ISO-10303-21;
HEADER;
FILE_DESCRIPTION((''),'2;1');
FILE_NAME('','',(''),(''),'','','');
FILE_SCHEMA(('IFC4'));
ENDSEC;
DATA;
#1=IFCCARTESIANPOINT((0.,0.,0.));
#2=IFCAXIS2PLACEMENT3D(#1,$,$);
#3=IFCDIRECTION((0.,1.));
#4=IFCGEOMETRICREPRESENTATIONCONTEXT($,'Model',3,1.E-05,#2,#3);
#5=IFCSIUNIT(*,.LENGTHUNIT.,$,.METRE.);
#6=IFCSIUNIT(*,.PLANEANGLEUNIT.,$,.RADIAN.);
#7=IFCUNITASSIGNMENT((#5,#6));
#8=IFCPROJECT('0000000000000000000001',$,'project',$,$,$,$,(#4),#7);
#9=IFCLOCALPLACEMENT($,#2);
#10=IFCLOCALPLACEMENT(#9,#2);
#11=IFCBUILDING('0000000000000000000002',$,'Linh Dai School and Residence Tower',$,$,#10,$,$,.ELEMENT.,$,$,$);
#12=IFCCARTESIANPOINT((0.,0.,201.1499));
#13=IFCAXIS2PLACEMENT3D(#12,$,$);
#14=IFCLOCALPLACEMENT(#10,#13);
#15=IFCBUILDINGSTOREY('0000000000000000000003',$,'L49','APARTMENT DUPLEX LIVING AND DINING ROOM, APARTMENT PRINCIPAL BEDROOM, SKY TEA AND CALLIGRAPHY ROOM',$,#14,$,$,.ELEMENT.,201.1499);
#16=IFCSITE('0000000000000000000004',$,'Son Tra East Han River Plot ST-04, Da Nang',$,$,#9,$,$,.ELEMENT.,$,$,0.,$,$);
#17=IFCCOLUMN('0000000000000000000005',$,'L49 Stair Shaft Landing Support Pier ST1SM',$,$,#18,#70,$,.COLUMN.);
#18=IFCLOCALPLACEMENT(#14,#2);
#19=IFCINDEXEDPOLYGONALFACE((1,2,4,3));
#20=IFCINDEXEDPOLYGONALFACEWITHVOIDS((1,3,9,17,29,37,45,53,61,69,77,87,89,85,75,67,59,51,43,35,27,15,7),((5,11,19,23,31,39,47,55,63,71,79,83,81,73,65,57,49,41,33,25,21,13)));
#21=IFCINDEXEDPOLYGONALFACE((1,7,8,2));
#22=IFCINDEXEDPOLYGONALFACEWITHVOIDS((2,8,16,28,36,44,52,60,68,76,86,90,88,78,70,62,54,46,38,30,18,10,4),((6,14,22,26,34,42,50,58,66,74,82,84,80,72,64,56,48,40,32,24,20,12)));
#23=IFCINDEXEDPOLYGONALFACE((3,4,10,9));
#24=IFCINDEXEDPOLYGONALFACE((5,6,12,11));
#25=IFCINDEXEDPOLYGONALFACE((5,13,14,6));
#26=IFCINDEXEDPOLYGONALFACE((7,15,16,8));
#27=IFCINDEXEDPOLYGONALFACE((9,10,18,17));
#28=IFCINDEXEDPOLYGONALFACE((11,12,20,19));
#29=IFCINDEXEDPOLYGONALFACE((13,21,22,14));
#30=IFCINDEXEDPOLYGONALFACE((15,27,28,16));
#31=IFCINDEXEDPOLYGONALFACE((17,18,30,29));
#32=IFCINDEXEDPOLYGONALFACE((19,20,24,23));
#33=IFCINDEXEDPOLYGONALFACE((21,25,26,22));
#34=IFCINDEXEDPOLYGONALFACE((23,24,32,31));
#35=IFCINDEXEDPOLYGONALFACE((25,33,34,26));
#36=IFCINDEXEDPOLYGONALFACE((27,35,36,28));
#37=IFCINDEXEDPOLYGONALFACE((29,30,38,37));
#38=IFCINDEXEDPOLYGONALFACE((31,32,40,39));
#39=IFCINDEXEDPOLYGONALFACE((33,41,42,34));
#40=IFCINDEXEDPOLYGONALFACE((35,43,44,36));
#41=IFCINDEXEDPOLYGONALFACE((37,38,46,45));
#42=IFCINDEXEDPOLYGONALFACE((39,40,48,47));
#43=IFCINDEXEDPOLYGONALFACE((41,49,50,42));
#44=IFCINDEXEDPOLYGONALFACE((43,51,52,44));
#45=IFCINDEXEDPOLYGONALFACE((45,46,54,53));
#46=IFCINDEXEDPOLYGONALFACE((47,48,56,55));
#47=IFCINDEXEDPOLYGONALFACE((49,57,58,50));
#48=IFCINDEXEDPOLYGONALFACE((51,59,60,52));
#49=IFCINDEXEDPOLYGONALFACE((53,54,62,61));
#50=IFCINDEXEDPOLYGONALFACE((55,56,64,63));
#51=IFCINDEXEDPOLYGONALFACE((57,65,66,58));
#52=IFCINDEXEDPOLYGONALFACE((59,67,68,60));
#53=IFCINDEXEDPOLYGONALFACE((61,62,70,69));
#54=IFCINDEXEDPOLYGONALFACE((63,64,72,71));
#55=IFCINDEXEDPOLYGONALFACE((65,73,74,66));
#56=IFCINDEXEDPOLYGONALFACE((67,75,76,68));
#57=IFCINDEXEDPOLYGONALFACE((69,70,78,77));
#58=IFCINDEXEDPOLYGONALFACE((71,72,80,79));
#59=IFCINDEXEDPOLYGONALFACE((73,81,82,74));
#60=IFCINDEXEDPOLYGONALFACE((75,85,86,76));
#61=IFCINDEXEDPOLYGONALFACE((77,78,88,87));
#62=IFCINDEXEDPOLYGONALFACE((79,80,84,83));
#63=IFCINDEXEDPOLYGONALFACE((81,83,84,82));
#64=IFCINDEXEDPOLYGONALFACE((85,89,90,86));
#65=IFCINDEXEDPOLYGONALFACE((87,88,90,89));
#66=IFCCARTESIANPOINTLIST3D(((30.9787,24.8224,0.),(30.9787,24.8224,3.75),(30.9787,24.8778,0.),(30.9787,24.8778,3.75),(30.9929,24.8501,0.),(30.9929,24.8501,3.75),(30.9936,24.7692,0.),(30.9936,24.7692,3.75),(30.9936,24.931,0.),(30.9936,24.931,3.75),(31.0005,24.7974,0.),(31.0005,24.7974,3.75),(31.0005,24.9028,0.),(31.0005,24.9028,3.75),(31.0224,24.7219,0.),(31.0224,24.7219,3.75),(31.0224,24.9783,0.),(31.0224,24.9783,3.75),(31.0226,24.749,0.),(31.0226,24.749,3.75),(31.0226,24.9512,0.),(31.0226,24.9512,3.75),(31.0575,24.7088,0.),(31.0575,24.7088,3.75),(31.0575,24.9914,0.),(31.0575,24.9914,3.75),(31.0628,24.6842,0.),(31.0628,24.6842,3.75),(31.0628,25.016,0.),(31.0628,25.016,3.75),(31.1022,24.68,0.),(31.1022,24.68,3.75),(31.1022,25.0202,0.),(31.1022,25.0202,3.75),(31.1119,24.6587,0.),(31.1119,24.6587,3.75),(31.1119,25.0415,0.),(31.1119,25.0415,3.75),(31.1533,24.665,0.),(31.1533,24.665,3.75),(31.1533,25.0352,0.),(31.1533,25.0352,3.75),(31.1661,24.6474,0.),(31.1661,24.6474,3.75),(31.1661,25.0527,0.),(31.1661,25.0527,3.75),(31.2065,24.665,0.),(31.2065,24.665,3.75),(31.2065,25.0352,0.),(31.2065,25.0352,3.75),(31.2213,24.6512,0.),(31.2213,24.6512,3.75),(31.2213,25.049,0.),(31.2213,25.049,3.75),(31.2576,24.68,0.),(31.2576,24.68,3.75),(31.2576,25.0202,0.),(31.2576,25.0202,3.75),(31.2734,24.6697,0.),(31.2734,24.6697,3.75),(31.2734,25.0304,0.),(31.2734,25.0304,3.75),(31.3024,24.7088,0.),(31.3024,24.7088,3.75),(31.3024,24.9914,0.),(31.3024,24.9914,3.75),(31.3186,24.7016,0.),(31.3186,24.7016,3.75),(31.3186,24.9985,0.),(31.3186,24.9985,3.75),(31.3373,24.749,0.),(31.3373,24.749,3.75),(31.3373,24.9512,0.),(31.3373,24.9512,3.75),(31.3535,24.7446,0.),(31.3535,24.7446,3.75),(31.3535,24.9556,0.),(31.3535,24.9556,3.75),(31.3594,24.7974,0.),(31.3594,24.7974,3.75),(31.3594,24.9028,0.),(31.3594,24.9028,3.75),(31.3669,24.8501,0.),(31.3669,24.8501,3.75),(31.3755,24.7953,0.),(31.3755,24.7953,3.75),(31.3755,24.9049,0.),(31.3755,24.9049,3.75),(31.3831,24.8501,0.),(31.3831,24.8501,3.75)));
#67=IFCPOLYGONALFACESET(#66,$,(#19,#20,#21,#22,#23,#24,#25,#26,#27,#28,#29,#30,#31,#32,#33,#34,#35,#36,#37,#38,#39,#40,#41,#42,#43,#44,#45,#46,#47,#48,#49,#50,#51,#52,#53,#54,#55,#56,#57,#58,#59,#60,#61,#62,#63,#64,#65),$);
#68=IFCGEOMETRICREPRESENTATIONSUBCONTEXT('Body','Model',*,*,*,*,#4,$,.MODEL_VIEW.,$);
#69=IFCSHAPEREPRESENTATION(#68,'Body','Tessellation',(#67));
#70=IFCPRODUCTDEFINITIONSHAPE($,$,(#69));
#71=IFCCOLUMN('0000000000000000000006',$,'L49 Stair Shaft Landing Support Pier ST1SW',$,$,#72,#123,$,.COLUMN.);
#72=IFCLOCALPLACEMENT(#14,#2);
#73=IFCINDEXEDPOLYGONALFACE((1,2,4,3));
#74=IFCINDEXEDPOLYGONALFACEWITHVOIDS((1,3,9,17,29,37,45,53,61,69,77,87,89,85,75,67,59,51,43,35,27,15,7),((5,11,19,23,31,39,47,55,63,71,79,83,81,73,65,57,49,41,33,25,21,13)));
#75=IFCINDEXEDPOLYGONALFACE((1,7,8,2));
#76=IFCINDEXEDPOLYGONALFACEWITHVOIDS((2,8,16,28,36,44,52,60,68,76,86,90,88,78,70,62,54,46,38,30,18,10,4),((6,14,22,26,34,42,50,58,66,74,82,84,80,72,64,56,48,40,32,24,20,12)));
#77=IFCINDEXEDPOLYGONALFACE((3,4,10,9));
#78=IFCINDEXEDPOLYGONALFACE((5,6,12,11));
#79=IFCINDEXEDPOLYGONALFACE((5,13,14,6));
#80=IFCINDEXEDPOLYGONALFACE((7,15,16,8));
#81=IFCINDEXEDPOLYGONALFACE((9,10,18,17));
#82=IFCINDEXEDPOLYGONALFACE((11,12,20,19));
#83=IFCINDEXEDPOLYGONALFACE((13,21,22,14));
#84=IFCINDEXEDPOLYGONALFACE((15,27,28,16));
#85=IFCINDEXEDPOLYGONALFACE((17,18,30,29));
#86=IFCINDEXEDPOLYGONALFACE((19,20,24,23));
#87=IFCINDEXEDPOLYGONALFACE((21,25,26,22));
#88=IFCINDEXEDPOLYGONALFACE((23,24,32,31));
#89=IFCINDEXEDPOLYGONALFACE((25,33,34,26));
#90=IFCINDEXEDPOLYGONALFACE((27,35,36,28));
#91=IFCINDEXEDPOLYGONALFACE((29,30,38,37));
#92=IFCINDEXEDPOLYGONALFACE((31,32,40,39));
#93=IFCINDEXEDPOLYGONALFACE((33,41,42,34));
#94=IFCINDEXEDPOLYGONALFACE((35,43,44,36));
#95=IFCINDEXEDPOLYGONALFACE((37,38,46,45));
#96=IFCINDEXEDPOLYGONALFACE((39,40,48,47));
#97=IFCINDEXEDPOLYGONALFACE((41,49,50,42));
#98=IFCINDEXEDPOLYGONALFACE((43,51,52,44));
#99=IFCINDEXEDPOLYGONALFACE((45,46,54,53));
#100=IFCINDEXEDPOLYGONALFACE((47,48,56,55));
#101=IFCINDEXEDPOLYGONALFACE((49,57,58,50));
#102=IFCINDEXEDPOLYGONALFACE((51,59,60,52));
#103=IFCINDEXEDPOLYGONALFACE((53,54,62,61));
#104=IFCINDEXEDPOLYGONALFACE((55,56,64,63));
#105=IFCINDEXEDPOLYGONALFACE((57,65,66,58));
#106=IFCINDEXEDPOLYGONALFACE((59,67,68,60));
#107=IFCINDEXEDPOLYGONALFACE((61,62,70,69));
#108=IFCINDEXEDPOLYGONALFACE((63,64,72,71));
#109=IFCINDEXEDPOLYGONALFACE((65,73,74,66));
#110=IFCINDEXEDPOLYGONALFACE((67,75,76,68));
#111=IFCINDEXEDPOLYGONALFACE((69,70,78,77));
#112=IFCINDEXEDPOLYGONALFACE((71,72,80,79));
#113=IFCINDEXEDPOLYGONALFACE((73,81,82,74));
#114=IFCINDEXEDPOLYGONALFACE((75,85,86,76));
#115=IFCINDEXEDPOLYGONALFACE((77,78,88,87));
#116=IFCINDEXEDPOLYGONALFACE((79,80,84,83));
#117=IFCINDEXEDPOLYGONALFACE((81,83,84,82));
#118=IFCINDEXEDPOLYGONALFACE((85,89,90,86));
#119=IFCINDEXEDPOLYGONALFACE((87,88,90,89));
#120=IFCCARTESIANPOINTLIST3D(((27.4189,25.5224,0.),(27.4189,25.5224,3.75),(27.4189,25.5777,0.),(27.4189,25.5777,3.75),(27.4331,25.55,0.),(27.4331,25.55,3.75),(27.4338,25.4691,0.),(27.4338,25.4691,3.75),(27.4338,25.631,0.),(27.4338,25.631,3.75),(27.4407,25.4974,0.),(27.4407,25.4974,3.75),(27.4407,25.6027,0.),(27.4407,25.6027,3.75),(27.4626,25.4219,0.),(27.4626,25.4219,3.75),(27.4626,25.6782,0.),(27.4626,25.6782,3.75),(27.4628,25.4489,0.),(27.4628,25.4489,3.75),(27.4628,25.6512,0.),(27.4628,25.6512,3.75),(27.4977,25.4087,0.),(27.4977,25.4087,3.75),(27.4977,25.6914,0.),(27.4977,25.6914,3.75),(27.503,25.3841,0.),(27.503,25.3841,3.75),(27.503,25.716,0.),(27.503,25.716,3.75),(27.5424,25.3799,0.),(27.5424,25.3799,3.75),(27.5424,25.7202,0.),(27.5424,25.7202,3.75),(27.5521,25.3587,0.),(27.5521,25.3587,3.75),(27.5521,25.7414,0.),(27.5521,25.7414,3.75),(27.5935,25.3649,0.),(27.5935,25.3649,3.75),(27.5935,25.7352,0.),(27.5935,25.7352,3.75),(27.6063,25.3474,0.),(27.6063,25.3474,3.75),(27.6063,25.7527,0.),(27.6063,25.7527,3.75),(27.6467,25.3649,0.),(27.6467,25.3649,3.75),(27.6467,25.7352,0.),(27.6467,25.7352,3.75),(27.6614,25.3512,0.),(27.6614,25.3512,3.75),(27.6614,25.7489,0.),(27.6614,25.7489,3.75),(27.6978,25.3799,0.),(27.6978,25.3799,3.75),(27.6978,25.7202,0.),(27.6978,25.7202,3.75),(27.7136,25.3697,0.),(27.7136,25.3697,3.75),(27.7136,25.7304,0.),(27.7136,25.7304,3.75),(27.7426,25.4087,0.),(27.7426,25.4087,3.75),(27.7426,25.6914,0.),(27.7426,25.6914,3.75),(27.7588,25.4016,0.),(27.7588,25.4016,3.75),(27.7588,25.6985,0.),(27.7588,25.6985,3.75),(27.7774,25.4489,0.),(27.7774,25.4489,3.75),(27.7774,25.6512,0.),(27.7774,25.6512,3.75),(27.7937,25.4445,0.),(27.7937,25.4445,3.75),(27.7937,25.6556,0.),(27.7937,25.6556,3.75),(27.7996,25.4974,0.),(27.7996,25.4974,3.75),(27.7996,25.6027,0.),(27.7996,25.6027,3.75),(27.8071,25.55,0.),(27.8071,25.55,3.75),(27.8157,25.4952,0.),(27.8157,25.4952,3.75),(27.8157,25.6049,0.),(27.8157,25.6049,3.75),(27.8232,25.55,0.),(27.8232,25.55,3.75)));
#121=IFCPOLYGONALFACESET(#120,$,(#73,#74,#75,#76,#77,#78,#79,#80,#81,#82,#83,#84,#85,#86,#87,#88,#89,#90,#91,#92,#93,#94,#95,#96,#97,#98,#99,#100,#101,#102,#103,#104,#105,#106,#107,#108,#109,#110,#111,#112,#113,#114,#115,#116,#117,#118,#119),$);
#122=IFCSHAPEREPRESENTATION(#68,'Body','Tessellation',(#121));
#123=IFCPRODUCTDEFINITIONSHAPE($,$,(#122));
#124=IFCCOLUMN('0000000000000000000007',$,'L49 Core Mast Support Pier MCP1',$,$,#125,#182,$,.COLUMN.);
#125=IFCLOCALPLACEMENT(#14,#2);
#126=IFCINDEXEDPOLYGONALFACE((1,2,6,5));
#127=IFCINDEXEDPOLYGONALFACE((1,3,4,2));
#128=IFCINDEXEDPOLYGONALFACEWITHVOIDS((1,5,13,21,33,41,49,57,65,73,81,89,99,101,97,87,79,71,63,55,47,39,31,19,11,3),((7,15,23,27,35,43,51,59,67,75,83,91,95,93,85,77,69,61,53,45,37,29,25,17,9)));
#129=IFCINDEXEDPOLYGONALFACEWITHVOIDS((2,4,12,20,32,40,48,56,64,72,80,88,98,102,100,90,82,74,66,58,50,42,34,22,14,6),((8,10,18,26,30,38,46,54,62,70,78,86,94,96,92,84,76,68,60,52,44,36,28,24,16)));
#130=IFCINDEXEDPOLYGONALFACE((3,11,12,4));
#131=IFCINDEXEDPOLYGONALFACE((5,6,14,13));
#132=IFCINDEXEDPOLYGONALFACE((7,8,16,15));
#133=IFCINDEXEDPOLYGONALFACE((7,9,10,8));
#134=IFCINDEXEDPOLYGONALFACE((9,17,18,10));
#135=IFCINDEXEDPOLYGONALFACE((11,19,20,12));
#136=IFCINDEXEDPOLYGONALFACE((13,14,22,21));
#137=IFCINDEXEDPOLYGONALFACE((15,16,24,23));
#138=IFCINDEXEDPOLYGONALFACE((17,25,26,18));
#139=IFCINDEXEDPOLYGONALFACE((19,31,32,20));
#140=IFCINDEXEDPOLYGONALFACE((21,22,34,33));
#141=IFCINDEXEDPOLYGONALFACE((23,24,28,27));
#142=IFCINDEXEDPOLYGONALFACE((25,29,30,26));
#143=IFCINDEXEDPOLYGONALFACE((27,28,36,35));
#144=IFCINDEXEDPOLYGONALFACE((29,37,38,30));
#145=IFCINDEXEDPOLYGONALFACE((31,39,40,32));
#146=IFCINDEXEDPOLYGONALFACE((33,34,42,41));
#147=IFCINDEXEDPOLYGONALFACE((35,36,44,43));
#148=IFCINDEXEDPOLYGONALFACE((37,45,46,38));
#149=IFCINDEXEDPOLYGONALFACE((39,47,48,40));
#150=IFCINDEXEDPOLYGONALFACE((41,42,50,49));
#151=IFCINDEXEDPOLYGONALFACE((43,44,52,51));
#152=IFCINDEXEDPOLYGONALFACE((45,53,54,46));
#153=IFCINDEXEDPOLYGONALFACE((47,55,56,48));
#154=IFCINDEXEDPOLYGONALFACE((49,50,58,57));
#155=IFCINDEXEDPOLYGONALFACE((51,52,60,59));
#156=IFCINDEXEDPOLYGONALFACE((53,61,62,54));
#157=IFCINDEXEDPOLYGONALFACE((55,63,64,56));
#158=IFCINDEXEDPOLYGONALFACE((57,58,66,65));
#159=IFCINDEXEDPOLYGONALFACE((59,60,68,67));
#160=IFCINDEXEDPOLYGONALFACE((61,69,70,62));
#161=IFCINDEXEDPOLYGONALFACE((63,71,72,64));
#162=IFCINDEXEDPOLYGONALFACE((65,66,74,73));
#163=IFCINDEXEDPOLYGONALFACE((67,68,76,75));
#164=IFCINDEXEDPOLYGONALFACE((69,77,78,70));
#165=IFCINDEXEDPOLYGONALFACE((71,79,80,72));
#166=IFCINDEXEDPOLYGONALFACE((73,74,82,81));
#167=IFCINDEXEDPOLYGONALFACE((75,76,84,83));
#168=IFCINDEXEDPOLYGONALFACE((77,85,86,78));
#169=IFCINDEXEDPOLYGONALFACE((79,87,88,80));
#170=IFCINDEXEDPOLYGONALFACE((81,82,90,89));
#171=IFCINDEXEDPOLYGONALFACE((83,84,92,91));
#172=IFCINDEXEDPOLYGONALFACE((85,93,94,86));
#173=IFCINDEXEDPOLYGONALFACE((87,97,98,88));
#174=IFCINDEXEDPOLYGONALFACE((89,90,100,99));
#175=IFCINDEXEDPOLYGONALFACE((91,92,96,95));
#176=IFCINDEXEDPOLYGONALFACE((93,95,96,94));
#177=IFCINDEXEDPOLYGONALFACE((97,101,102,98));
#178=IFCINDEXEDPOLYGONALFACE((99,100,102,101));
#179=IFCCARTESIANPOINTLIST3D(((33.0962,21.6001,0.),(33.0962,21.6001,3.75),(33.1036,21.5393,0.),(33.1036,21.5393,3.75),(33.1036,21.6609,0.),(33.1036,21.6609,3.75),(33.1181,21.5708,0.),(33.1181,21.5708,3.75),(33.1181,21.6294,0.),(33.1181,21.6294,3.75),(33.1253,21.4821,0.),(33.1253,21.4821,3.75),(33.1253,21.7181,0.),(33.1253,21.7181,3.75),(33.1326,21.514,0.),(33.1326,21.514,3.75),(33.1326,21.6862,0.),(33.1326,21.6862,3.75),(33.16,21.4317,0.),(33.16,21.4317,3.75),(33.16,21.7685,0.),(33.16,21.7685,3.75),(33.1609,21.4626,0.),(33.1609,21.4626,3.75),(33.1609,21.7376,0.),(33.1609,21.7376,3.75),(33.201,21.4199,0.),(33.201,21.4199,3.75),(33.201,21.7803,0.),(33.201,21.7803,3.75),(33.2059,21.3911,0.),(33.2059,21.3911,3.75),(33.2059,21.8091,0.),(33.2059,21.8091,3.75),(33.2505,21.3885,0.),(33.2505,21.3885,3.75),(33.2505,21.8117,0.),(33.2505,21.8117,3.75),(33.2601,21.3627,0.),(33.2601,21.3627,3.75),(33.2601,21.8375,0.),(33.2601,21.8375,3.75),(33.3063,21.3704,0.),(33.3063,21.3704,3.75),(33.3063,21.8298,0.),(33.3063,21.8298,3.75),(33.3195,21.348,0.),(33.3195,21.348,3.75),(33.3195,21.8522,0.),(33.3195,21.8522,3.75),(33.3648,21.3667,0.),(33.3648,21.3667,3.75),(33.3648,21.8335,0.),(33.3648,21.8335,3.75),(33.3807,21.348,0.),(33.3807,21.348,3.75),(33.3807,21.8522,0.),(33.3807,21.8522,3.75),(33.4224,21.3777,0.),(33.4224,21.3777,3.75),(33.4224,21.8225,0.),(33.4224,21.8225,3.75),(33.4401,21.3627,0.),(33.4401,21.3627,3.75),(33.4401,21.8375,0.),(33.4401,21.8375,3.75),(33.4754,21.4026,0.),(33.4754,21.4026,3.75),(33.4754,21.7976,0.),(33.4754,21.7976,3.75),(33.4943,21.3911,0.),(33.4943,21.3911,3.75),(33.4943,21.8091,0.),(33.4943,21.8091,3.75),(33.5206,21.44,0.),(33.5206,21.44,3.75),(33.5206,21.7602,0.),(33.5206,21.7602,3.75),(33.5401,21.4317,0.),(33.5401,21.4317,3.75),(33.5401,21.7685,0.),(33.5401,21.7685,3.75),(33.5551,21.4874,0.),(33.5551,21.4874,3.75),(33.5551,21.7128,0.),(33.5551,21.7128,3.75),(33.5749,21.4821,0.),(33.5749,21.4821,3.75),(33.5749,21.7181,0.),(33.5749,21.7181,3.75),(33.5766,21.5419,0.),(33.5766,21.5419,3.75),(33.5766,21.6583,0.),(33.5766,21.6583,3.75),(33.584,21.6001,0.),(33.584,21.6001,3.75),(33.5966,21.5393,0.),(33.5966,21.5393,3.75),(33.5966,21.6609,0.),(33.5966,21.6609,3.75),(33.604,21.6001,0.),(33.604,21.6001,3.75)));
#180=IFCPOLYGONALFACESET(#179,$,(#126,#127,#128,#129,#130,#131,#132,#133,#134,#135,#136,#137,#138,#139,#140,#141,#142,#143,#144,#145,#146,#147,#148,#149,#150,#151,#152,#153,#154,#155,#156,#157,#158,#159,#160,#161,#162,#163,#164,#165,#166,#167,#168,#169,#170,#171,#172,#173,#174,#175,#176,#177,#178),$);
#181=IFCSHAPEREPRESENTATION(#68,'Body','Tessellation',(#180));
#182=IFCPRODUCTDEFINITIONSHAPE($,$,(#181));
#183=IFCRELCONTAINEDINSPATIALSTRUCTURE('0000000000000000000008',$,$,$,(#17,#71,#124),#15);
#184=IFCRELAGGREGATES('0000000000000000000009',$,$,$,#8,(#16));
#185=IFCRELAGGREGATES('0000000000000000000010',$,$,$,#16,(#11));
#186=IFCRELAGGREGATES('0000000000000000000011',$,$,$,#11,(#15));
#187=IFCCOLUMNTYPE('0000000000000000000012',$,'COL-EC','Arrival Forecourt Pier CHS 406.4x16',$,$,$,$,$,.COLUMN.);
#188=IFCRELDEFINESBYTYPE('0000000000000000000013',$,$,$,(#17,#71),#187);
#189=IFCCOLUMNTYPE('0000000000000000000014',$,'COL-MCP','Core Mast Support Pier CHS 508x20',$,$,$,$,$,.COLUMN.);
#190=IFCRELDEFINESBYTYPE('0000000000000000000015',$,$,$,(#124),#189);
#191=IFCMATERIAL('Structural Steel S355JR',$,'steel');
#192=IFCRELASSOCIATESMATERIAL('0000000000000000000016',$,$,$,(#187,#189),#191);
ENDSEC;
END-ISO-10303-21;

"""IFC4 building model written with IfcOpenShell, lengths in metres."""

from ifc_helpers import new_model, si_unit, direction, frame, origin, origin_2d, place, context, subcontext, project, spatial, hollow_circle, extrude, material, material_profile, profile_set, type_object, element, save


model = new_model("IFC4")

# Units and contexts
model_context = context("Model", 3, precision=1e-05, world=origin(), true_north=direction((0.0, 1.0)))
body_context = subcontext(model_context, "Body", "Model", "MODEL_VIEW")
ifc_project = project(units=[si_unit("LENGTHUNIT", "METRE"), si_unit("PLANEANGLEUNIT", "RADIAN")], contexts=[model_context])

# Site, building, storey
site_placement = place(None, origin())
site = spatial("IfcSite", under=ifc_project, at=site_placement, Name="Son Tra East Han River Plot ST-04, Da Nang", CompositionType="ELEMENT", RefElevation=0.0)
building_placement = place(site_placement, origin())
building = spatial("IfcBuilding", under=site, at=building_placement, Name="Linh Dai School and Residence Tower", CompositionType="ELEMENT")
storey_placement = place(building_placement, frame((0.0, 0.0, 201.1499)))
storey = spatial("IfcBuildingStorey", under=building, at=storey_placement, Name="L49", Description="APARTMENT DUPLEX LIVING AND DINING ROOM, APARTMENT PRINCIPAL BEDROOM, SKY TEA AND CALLIGRAPHY ROOM", CompositionType="ELEMENT", Elevation=201.1499)

# Columns
ifc_material_1 = material(Name="Structural Steel S355JR", Category="steel")
ifc_material_profile_1 = material_profile(ifc_material_1, hollow_circle(Radius=0.2031, WallThickness=0.0161, at=origin_2d()), Name="CHS 406.4x16")
ifc_profile_set_1 = profile_set([ifc_material_profile_1], Name="Structural Steel S355JR")
column_type_1 = type_object("IfcColumnType", Name="COL-EC", Description="Arrival Forecourt Pier CHS 406.4x16", PredefinedType="COLUMN", material=ifc_profile_set_1)
for number, where, z_axis, x_axis, name in (
    (1, (31.1799, 24.8501, 0.0), (0.0, 0.0, 1.0), (1.0, 0.0, 0.0), "L49 Stair Shaft Landing Support Pier ST1SM"),
    (2, (27.6201, 25.55, 0.0), (0.0, 0.0, 1.0), (1.0, 0.0, 0.0), "L49 Stair Shaft Landing Support Pier ST1SW"),
):
    element("IfcColumn", number, at=place(storey_placement, frame(where, z_axis=z_axis, x_axis=x_axis)), inside=storey, type_object=column_type_1, Name=name, PredefinedType="COLUMN", context=body_context, shape_type="SweptSolid", body=[
        extrude(hollow_circle(Radius=0.2031, WallThickness=0.0161, at=origin_2d()), origin(), (0.0, 0.0, 1.0), 3.75),
    ])
ifc_material_profile_2 = material_profile(ifc_material_1, hollow_circle(Radius=0.2539, WallThickness=0.02, at=origin_2d()), Name="CHS 508x20")
ifc_profile_set_2 = profile_set([ifc_material_profile_2], Name="Structural Steel S355JR")
column_type_2 = type_object("IfcColumnType", Name="COL-MCP", Description="Core Mast Support Pier CHS 508x20", PredefinedType="COLUMN", material=ifc_profile_set_2)
column_placement = place(storey_placement, frame((33.3501, 21.6001, 0.0), z_axis=(0.0, 0.0, 1.0), x_axis=(1.0, 0.0, 0.0)))
element("IfcColumn", 3, at=column_placement, inside=storey, type_object=column_type_2, Name="L49 Core Mast Support Pier MCP1", PredefinedType="COLUMN", context=body_context, shape_type="SweptSolid", body=[
    extrude(hollow_circle(Radius=0.2539, WallThickness=0.02, at=origin_2d()), origin(), (0.0, 0.0, 1.0), 3.75),
])

save(model, "model.ifc")
